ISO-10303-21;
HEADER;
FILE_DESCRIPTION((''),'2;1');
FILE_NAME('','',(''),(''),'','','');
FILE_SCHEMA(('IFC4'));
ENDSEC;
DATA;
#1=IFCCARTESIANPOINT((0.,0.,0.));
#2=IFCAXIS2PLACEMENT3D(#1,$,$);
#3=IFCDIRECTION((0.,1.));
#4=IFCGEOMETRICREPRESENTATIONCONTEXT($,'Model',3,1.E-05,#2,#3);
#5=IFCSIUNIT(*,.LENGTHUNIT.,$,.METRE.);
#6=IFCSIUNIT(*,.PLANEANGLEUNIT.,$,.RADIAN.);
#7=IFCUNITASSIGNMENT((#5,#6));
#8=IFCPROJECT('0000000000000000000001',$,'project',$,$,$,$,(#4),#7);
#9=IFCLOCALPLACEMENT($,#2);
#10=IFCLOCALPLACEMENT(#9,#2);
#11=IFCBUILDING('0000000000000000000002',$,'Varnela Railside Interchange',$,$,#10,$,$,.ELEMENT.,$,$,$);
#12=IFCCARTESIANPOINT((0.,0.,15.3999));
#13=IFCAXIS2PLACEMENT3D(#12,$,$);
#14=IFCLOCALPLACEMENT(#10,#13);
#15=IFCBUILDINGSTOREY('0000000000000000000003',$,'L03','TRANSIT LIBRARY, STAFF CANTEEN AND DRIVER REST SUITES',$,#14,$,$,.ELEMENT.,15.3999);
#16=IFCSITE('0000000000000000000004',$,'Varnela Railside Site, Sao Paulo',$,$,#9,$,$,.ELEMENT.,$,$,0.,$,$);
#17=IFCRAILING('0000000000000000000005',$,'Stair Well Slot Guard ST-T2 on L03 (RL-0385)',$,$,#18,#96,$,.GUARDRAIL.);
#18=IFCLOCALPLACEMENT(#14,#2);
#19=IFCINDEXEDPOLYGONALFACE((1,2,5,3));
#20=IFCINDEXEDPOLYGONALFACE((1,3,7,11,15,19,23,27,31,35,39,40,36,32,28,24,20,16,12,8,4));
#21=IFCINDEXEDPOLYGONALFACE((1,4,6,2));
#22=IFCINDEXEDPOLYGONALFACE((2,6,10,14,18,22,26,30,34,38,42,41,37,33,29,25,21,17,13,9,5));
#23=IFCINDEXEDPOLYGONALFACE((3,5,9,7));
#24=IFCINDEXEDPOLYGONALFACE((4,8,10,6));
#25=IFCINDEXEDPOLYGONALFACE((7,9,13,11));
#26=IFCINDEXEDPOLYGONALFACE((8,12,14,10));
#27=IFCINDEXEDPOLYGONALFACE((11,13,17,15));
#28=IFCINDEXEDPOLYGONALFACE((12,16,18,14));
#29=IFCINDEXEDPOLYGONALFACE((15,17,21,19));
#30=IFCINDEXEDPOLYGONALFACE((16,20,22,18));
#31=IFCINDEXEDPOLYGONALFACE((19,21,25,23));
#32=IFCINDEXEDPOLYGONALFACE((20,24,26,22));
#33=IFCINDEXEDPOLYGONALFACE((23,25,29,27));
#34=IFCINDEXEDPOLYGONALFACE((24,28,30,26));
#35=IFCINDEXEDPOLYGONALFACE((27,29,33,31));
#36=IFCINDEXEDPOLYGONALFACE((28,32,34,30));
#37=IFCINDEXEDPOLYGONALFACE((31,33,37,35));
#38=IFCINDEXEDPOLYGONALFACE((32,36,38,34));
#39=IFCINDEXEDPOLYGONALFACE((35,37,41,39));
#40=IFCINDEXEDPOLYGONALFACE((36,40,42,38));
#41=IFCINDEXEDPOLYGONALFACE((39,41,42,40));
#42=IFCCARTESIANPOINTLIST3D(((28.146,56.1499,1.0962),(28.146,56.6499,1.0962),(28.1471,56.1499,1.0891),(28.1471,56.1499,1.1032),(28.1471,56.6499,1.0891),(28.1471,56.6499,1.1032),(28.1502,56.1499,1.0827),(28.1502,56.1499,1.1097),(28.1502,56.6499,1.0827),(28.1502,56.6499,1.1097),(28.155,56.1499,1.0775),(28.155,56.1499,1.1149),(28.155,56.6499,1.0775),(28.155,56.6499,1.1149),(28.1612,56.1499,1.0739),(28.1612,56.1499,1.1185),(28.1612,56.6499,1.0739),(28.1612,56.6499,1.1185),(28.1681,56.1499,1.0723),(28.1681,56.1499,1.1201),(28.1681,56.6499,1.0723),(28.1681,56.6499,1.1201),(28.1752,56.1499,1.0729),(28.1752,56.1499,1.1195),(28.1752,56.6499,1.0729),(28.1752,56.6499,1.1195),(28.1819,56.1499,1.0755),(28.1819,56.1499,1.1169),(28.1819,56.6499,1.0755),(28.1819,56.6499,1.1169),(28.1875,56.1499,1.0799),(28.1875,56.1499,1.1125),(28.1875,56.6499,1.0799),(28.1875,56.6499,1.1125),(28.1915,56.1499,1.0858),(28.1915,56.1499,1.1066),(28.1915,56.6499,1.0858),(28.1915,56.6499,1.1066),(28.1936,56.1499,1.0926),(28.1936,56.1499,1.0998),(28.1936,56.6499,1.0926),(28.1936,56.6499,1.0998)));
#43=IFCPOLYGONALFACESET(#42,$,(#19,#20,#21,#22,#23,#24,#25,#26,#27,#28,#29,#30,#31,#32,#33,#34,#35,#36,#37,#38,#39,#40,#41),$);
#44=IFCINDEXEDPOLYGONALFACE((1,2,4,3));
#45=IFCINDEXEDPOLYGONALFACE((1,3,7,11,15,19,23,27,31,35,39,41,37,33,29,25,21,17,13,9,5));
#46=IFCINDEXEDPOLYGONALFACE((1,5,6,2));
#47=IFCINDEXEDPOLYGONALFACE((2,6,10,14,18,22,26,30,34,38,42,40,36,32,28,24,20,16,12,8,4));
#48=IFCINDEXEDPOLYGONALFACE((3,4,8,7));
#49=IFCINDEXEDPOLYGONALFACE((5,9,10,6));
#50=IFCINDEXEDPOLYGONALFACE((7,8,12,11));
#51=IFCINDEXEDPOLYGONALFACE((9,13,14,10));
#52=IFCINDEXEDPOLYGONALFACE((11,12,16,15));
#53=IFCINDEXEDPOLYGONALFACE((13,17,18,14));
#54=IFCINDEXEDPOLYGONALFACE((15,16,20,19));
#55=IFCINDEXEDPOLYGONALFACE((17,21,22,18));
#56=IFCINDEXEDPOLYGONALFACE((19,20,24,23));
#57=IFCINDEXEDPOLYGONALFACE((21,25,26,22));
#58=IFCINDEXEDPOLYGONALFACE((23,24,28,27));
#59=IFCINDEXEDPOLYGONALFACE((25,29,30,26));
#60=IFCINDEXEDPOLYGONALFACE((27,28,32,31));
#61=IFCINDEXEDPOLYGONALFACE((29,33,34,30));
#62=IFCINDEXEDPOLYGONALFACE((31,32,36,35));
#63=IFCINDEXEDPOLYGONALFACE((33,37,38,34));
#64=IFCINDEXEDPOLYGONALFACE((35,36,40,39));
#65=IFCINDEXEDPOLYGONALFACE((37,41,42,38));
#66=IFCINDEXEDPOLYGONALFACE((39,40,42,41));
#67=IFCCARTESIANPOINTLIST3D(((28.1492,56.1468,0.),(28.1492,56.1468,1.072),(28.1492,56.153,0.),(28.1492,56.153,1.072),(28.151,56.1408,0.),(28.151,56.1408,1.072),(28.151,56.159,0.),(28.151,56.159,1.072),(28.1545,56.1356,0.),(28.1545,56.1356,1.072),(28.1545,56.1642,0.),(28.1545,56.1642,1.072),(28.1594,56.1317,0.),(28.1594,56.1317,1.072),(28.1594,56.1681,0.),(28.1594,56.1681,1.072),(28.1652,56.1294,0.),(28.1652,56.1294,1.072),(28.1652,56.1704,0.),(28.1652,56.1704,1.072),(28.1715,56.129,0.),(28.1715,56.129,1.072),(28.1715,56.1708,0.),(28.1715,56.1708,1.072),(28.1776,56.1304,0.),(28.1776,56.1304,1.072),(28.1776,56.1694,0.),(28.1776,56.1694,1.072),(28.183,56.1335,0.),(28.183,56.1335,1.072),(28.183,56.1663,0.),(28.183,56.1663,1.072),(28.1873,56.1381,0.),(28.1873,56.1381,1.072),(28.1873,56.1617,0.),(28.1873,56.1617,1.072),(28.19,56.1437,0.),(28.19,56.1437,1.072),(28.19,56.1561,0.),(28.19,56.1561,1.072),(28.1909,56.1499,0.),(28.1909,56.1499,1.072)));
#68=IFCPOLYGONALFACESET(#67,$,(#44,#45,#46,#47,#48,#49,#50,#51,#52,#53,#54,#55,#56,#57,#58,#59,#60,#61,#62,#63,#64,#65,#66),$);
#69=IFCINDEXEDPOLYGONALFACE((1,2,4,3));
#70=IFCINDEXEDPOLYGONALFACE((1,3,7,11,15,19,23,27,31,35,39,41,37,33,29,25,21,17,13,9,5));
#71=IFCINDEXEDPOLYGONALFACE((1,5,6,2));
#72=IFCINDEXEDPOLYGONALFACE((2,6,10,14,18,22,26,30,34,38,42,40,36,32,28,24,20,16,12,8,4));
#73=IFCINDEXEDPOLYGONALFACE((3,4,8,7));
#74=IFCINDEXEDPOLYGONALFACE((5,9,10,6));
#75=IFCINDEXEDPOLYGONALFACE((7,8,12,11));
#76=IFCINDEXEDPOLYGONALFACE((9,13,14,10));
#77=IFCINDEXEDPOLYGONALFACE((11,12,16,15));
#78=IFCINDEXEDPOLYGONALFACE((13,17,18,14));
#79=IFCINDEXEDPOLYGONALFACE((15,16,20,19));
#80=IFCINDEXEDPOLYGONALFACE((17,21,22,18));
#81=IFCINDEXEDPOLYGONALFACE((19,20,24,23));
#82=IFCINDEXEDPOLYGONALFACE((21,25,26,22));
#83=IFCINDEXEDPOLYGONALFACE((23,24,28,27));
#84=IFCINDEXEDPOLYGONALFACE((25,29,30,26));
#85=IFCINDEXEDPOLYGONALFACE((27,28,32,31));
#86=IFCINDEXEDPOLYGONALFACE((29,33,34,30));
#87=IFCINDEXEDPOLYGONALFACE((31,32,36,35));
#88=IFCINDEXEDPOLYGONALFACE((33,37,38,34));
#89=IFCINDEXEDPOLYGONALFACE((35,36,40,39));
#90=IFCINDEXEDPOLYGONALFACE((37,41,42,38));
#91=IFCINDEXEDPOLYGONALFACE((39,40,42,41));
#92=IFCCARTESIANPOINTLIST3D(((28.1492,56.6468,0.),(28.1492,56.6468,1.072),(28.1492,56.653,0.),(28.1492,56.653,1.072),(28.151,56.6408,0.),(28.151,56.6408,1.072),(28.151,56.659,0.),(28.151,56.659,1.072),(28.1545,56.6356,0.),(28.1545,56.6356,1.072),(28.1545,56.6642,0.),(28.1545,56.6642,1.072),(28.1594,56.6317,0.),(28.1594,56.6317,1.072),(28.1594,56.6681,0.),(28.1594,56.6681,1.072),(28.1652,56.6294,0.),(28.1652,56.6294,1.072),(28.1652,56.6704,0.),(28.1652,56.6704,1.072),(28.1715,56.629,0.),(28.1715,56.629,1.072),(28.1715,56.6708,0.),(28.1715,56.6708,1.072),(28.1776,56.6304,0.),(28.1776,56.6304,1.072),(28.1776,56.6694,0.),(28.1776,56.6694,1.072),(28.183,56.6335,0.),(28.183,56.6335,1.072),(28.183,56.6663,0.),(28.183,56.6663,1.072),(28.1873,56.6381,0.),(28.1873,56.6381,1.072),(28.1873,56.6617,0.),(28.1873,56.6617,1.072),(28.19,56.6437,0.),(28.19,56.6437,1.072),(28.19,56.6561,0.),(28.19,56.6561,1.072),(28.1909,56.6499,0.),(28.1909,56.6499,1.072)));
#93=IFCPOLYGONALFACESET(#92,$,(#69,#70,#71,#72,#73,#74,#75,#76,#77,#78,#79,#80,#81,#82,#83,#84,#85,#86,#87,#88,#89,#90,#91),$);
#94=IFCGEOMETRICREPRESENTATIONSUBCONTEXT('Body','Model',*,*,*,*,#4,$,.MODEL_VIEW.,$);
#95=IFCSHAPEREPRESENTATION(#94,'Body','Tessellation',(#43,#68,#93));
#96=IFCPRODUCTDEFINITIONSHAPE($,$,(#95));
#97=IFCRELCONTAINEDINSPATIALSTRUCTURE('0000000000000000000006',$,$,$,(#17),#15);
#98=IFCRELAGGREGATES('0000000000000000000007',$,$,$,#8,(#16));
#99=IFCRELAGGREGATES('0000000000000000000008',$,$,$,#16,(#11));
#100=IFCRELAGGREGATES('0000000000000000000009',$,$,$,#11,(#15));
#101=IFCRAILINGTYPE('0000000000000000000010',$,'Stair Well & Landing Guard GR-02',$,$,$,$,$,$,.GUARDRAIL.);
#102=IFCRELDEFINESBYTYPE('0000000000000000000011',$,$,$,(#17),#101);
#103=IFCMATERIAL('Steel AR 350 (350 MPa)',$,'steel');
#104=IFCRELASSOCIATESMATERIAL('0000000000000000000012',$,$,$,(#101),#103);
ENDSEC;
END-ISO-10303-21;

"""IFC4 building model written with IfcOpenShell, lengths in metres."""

from ifc_helpers import new_model, si_unit, direction, frame, origin, origin_2d, place, context, subcontext, project, spatial, circle, extrude, material, type_object, element, save


model = new_model("IFC4")

# Units and contexts
model_context = context("Model", 3, precision=1e-05, world=origin(), true_north=direction((0.0, 1.0)))
body_context = subcontext(model_context, "Body", "Model", "MODEL_VIEW")
ifc_project = project(units=[si_unit("LENGTHUNIT", "METRE"), si_unit("PLANEANGLEUNIT", "RADIAN")], contexts=[model_context])

# Site, building, storey
site_placement = place(None, origin())
site = spatial("IfcSite", under=ifc_project, at=site_placement, Name="Varnela Railside Site, Sao Paulo", CompositionType="ELEMENT", RefElevation=0.0)
building_placement = place(site_placement, origin())
building = spatial("IfcBuilding", under=site, at=building_placement, Name="Varnela Railside Interchange", CompositionType="ELEMENT")
storey_placement = place(building_placement, frame((0.0, 0.0, 15.3999)))
storey = spatial("IfcBuildingStorey", under=building, at=storey_placement, Name="L03", Description="TRANSIT LIBRARY, STAFF CANTEEN AND DRIVER REST SUITES", CompositionType="ELEMENT", Elevation=15.3999)

# Shared definitions
ifc_material_1 = material(Name="Steel AR 350 (350 MPa)", Category="steel")

# Railing
railing_type_1 = type_object("IfcRailingType", Name="Stair Well & Landing Guard GR-02", PredefinedType="GUARDRAIL", material=ifc_material_1)
railing_1_placement = place(storey_placement, frame((28.1699, 56.1499, 0.0)))
element("IfcRailing", 1, at=railing_1_placement, inside=storey, type_object=railing_type_1, Name="Stair Well Slot Guard ST-T2 on L03 (RL-0385)", PredefinedType="GUARDRAIL", context=body_context, shape_type="SweptSolid", body=[
    extrude(circle(Radius=0.0239, at=origin_2d()), frame((0.0, 0.0, 1.0962), z_axis=(0.0, 1.0, 0.0), x_axis=(-1.0, 0.0, 0.0)), (0.0, 0.0, 1.0), 0.5),
    extrude(circle(Radius=0.021, at=origin_2d()), origin(), (0.0, 0.0, 1.0), 1.072),
    extrude(circle(Radius=0.021, at=origin_2d()), frame((0.0, 0.5, 0.0)), (0.0, 0.0, 1.0), 1.072),
])

save(model, "model.ifc")
